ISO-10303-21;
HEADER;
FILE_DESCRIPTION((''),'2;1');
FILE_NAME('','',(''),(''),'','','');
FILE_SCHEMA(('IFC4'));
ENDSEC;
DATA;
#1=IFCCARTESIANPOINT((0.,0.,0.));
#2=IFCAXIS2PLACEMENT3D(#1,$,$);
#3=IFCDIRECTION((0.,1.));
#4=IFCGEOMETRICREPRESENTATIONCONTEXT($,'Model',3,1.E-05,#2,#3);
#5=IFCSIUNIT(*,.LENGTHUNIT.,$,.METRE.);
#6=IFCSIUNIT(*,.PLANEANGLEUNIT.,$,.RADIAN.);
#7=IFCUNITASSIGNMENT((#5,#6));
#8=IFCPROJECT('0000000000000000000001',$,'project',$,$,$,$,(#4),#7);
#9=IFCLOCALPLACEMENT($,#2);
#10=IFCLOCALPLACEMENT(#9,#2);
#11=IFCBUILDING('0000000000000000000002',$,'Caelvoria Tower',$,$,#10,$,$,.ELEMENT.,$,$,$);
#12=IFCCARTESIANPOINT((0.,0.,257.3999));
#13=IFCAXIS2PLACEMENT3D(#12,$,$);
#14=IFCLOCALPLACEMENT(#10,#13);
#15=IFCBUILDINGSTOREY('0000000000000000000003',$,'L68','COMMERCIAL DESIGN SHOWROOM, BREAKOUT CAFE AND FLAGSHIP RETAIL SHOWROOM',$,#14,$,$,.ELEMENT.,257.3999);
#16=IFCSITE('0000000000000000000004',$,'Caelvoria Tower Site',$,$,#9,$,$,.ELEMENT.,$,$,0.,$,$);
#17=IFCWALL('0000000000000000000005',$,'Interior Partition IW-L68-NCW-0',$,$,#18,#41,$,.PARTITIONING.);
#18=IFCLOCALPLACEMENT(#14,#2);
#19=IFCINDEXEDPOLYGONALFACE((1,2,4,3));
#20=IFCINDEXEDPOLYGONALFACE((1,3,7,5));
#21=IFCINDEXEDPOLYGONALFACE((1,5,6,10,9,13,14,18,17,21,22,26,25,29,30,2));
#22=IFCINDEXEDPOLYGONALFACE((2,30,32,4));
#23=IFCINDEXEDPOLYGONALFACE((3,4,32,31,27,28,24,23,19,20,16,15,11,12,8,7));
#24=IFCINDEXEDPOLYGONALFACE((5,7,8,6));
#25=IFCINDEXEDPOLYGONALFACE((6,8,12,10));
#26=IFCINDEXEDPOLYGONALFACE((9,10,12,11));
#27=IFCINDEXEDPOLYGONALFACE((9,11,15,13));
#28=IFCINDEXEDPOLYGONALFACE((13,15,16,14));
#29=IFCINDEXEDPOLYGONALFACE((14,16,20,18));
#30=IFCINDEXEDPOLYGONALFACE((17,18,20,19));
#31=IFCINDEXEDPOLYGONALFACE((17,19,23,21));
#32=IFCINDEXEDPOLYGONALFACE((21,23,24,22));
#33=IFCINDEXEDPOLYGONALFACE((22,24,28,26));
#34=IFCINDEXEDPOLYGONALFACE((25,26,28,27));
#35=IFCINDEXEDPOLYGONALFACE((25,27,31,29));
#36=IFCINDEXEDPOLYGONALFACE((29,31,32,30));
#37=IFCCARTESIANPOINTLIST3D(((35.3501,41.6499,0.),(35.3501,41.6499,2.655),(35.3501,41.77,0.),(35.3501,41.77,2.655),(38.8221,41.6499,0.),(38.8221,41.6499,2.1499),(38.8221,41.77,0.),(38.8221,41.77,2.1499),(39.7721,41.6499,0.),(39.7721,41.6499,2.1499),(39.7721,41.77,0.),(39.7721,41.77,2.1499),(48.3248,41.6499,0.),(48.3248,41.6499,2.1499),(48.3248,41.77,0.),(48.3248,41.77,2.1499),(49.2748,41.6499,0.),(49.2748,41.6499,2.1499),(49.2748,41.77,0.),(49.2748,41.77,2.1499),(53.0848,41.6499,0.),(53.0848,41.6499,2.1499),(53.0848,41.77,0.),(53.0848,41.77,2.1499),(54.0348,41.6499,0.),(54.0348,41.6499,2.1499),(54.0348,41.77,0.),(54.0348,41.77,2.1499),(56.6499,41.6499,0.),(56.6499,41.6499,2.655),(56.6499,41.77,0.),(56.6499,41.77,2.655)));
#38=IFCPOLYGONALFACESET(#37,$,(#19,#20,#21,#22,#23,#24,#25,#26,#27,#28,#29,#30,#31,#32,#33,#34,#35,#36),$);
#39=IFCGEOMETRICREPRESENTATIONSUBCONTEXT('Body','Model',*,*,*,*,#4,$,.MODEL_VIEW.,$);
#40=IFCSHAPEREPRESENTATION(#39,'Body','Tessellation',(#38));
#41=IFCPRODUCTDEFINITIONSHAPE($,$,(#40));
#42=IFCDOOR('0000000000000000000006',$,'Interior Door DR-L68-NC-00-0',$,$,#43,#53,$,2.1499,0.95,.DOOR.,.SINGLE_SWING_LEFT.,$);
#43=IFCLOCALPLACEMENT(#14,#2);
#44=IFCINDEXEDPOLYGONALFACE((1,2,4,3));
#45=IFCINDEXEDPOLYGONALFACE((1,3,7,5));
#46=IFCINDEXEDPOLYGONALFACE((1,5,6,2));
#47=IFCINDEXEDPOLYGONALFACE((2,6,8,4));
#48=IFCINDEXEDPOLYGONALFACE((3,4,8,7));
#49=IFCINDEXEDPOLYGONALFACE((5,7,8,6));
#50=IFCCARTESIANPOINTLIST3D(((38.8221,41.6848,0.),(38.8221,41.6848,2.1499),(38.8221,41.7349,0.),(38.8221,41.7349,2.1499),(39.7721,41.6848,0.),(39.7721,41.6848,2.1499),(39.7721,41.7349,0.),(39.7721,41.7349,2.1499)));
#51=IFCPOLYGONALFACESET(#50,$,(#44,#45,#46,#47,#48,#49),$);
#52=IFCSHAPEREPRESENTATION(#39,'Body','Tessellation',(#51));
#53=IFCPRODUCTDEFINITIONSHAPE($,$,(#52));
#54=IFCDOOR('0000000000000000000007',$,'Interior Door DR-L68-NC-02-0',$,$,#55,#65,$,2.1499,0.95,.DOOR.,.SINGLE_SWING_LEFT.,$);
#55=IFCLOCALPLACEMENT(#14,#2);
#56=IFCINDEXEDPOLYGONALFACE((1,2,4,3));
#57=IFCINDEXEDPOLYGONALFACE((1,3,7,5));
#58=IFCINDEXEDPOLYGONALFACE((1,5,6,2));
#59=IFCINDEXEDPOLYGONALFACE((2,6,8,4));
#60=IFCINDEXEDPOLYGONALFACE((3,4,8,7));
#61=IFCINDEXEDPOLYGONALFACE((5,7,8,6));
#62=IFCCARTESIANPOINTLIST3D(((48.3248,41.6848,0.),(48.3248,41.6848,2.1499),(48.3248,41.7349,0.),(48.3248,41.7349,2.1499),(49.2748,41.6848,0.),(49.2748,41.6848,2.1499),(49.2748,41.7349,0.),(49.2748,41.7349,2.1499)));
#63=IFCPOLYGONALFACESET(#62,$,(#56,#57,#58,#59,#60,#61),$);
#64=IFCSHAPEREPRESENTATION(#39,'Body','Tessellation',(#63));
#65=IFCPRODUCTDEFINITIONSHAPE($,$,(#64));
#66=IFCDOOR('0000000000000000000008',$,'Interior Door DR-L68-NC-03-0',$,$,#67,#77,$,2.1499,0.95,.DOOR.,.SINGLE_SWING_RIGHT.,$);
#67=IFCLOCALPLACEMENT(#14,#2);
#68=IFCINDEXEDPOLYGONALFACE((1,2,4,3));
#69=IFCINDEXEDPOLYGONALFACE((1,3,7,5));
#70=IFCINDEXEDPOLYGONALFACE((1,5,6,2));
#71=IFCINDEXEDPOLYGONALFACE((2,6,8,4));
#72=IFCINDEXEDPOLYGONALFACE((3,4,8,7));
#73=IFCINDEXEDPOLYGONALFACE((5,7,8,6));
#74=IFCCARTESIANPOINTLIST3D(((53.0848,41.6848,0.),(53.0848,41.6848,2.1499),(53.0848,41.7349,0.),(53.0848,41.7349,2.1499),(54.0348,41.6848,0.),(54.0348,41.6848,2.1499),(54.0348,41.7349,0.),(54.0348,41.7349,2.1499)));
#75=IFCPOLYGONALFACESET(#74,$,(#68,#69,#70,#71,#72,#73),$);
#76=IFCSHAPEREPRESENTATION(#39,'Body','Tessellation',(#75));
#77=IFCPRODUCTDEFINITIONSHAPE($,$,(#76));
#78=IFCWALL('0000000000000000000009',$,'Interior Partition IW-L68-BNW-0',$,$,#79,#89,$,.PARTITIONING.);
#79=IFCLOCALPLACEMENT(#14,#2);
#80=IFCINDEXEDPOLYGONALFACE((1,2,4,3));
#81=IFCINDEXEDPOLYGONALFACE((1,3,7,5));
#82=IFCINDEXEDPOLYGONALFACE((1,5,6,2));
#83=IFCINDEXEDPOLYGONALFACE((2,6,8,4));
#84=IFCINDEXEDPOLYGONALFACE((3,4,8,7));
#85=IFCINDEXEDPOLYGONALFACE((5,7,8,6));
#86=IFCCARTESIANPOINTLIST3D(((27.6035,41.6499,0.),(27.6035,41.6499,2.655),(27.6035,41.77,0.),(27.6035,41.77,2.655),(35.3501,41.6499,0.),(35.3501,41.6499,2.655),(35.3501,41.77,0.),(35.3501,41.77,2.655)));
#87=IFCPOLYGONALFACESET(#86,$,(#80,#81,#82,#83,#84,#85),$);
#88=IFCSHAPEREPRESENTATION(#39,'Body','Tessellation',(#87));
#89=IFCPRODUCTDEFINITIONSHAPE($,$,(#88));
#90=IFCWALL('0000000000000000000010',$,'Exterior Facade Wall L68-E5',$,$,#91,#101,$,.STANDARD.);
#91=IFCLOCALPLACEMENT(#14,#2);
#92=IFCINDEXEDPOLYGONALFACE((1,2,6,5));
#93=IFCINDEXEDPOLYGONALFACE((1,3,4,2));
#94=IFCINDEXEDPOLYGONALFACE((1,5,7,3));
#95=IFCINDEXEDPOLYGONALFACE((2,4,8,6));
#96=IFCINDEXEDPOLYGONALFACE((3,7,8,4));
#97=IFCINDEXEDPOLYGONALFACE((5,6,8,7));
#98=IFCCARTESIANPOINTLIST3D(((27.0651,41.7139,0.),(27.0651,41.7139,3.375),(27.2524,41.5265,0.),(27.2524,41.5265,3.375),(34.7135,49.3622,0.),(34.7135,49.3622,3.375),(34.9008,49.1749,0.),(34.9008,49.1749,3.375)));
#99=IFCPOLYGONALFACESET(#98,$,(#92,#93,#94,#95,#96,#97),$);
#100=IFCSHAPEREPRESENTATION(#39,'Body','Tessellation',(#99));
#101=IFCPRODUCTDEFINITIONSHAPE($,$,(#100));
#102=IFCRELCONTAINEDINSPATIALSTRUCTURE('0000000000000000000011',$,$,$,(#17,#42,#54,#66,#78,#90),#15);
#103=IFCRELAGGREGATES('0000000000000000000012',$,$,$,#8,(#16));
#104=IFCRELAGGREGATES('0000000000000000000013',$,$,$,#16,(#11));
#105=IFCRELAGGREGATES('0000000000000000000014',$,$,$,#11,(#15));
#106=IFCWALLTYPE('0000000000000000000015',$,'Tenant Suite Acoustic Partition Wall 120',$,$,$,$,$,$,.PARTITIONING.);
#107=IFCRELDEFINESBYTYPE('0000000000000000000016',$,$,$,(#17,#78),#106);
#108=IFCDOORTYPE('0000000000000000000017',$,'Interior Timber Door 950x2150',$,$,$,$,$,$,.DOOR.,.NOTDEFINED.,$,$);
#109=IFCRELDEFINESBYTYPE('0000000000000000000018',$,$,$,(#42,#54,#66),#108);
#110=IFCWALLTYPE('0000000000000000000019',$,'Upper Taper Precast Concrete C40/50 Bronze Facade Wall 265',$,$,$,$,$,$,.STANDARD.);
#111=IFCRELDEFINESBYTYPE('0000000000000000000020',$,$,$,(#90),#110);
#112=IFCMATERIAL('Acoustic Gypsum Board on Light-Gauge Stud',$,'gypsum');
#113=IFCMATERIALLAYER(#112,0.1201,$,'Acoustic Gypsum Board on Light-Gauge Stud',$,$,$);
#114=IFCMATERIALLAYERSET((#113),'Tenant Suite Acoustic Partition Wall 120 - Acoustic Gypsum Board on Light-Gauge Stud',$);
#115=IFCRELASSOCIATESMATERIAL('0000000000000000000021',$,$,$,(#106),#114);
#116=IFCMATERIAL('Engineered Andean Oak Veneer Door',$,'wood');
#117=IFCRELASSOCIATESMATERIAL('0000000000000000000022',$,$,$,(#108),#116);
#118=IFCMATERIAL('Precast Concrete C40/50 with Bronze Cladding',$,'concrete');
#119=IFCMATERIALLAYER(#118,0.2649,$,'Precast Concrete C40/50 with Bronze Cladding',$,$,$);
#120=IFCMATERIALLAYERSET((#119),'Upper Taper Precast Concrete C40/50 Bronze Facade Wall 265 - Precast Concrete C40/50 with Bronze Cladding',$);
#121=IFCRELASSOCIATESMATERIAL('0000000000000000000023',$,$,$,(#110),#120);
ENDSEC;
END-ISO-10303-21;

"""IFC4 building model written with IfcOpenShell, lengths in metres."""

from ifc_helpers import new_model, si_unit, direction, frame, frame_2d, origin, place, context, subcontext, project, spatial, rectangle, extrude, material, layer, layer_set, type_object, element, fill, save


model = new_model("IFC4")

# Units and contexts
model_context = context("Model", 3, precision=1e-05, world=origin(), true_north=direction((0.0, 1.0)))
body_context = subcontext(model_context, "Body", "Model", "MODEL_VIEW")
ifc_project = project(units=[si_unit("LENGTHUNIT", "METRE"), si_unit("PLANEANGLEUNIT", "RADIAN")], contexts=[model_context])

# Site, building, storey
site_placement = place(None, origin())
site = spatial("IfcSite", under=ifc_project, at=site_placement, Name="Caelvoria Tower Site", CompositionType="ELEMENT", RefElevation=0.0)
building_placement = place(site_placement, origin())
building = spatial("IfcBuilding", under=site, at=building_placement, Name="Caelvoria Tower", CompositionType="ELEMENT")
storey_placement = place(building_placement, frame((0.0, 0.0, 257.3999)))
storey = spatial("IfcBuildingStorey", under=building, at=storey_placement, Name="L68", Description="COMMERCIAL DESIGN SHOWROOM, BREAKOUT CAFE AND FLAGSHIP RETAIL SHOWROOM", CompositionType="ELEMENT", Elevation=257.3999)

# Wall, openings, doors
ifc_material_1 = material(Name="Acoustic Gypsum Board on Light-Gauge Stud", Category="gypsum")
ifc_layer_1 = layer(ifc_material_1, 0.1201, Name="Acoustic Gypsum Board on Light-Gauge Stud")
ifc_layer_set_1 = layer_set([ifc_layer_1], Name="Tenant Suite Acoustic Partition Wall 120 - Acoustic Gypsum Board on Light-Gauge Stud")
wall_type_1 = type_object("IfcWallType", Name="Tenant Suite Acoustic Partition Wall 120", PredefinedType="PARTITIONING", material=ifc_layer_set_1)
wall_1_placement = place(storey_placement, frame((35.3501, 41.71, 0.0), z_axis=(0.0, 0.0, 1.0), x_axis=(1.0, 0.0, 0.0)))
wall_1 = element("IfcWall", 1, at=wall_1_placement, inside=storey, type_object=wall_type_1, Name="Interior Partition IW-L68-NCW-0", PredefinedType="PARTITIONING", context=body_context, shape_type="SweptSolid", body=[
    extrude(rectangle(XDim=21.2998, YDim=0.1201, at=frame_2d((10.6499, 0.0))), origin(), (0.0, 0.0, 1.0), 2.655),
])
opening_1_placement = place(wall_1_placement, frame((3.4719, 0.0, 0.0)))
opening_1 = element("IfcOpeningElement", 2, at=opening_1_placement, cuts=wall_1, PredefinedType="OPENING", context=body_context, shape_type="SweptSolid", body=[
    extrude(rectangle(XDim=0.95, YDim=2.1499, at=frame_2d((0.4751, 1.075))), frame((0.0, 0.0701, 0.0), z_axis=(0.0, -1.0, 0.0), x_axis=(1.0, 0.0, 0.0)), (0.0, 0.0, 1.0), 0.1401),
])
opening_2_placement = place(wall_1_placement, frame((12.9746, 0.0, 0.0)))
opening_2 = element("IfcOpeningElement", 3, at=opening_2_placement, cuts=wall_1, PredefinedType="OPENING", context=body_context, shape_type="SweptSolid", body=[
    extrude(rectangle(XDim=0.95, YDim=2.1499, at=frame_2d((0.4751, 1.075))), frame((0.0, 0.0701, 0.0), z_axis=(0.0, -1.0, 0.0), x_axis=(1.0, 0.0, 0.0)), (0.0, 0.0, 1.0), 0.1401),
])
opening_3_placement = place(wall_1_placement, frame((17.7346, 0.0, 0.0)))
opening_3 = element("IfcOpeningElement", 4, at=opening_3_placement, cuts=wall_1, PredefinedType="OPENING", context=body_context, shape_type="SweptSolid", body=[
    extrude(rectangle(XDim=0.95, YDim=2.1499, at=frame_2d((0.4751, 1.075))), frame((0.0, 0.0701, 0.0), z_axis=(0.0, -1.0, 0.0), x_axis=(1.0, 0.0, 0.0)), (0.0, 0.0, 1.0), 0.1401),
])
ifc_material_2 = material(Name="Engineered Andean Oak Veneer Door", Category="wood")
door_type = type_object("IfcDoorType", Name="Interior Timber Door 950x2150", OperationType="NOTDEFINED", PredefinedType="DOOR", material=ifc_material_2)
door_1_placement = place(opening_1_placement, origin())
door_1 = element("IfcDoor", 5, at=door_1_placement, inside=storey, type_object=door_type, Name="Interior Door DR-L68-NC-00-0", OperationType="SINGLE_SWING_LEFT", OverallHeight=2.1499, OverallWidth=0.95, PredefinedType="DOOR", context=body_context, shape_type="SweptSolid", body=[
    extrude(rectangle(XDim=0.95, YDim=2.1499, at=frame_2d((0.4751, 1.075))), frame((0.0, 0.0249, 0.0), z_axis=(0.0, -1.0, 0.0), x_axis=(1.0, 0.0, 0.0)), (0.0, 0.0, 1.0), 0.05),
])
fill(opening_1, door_1)
door_2_placement = place(opening_2_placement, origin())
door_2 = element("IfcDoor", 6, at=door_2_placement, inside=storey, type_object=door_type, Name="Interior Door DR-L68-NC-02-0", OperationType="SINGLE_SWING_LEFT", OverallHeight=2.1499, OverallWidth=0.95, PredefinedType="DOOR", context=body_context, shape_type="SweptSolid", body=[
    extrude(rectangle(XDim=0.95, YDim=2.1499, at=frame_2d((0.4751, 1.075))), frame((0.0, 0.0249, 0.0), z_axis=(0.0, -1.0, 0.0), x_axis=(1.0, 0.0, 0.0)), (0.0, 0.0, 1.0), 0.05),
])
fill(opening_2, door_2)
door_3_placement = place(opening_3_placement, origin())
door_3 = element("IfcDoor", 7, at=door_3_placement, inside=storey, type_object=door_type, Name="Interior Door DR-L68-NC-03-0", OperationType="SINGLE_SWING_RIGHT", OverallHeight=2.1499, OverallWidth=0.95, PredefinedType="DOOR", context=body_context, shape_type="SweptSolid", body=[
    extrude(rectangle(XDim=0.95, YDim=2.1499, at=frame_2d((0.4751, 1.075))), frame((0.0, 0.0249, 0.0), z_axis=(0.0, -1.0, 0.0), x_axis=(1.0, 0.0, 0.0)), (0.0, 0.0, 1.0), 0.05),
])
fill(opening_3, door_3)

# Walls
wall_2_placement = place(storey_placement, frame((35.3501, 41.71, 0.0), z_axis=(0.0, 0.0, 1.0), x_axis=(-1.0, 0.0, 0.0)))
element("IfcWall", 8, at=wall_2_placement, inside=storey, type_object=wall_type_1, Name="Interior Partition IW-L68-BNW-0", PredefinedType="PARTITIONING", context=body_context, shape_type="SweptSolid", body=[
    extrude(rectangle(XDim=7.7466, YDim=0.1201, at=frame_2d((3.8733, 0.0))), origin(), (0.0, 0.0, 1.0), 2.655),
])
ifc_material_3 = material(Name="Precast Concrete C40/50 with Bronze Cladding", Category="concrete")
ifc_layer_2 = layer(ifc_material_3, 0.2649, Name="Precast Concrete C40/50 with Bronze Cladding")
ifc_layer_set_2 = layer_set([ifc_layer_2], Name="Upper Taper Precast Concrete C40/50 Bronze Facade Wall 265 - Precast Concrete C40/50 with Bronze Cladding")
wall_type_2 = type_object("IfcWallType", Name="Upper Taper Precast Concrete C40/50 Bronze Facade Wall 265", PredefinedType="STANDARD", material=ifc_layer_set_2)
wall_3_placement = place(storey_placement, frame((34.8071, 49.2686, 0.0), z_axis=(0.0, 0.0, 1.0), x_axis=(-0.707107, -0.707107, 0.0)))
element("IfcWall", 9, at=wall_3_placement, inside=storey, type_object=wall_type_2, Name="Exterior Facade Wall L68-E5", PredefinedType="STANDARD", context=body_context, shape_type="SweptSolid", body=[
    extrude(rectangle(XDim=10.8164, YDim=0.2649, at=frame_2d((5.4082, 0.0))), origin(), (0.0, 0.0, 1.0), 3.375),
])

save(model, "model.ifc")
